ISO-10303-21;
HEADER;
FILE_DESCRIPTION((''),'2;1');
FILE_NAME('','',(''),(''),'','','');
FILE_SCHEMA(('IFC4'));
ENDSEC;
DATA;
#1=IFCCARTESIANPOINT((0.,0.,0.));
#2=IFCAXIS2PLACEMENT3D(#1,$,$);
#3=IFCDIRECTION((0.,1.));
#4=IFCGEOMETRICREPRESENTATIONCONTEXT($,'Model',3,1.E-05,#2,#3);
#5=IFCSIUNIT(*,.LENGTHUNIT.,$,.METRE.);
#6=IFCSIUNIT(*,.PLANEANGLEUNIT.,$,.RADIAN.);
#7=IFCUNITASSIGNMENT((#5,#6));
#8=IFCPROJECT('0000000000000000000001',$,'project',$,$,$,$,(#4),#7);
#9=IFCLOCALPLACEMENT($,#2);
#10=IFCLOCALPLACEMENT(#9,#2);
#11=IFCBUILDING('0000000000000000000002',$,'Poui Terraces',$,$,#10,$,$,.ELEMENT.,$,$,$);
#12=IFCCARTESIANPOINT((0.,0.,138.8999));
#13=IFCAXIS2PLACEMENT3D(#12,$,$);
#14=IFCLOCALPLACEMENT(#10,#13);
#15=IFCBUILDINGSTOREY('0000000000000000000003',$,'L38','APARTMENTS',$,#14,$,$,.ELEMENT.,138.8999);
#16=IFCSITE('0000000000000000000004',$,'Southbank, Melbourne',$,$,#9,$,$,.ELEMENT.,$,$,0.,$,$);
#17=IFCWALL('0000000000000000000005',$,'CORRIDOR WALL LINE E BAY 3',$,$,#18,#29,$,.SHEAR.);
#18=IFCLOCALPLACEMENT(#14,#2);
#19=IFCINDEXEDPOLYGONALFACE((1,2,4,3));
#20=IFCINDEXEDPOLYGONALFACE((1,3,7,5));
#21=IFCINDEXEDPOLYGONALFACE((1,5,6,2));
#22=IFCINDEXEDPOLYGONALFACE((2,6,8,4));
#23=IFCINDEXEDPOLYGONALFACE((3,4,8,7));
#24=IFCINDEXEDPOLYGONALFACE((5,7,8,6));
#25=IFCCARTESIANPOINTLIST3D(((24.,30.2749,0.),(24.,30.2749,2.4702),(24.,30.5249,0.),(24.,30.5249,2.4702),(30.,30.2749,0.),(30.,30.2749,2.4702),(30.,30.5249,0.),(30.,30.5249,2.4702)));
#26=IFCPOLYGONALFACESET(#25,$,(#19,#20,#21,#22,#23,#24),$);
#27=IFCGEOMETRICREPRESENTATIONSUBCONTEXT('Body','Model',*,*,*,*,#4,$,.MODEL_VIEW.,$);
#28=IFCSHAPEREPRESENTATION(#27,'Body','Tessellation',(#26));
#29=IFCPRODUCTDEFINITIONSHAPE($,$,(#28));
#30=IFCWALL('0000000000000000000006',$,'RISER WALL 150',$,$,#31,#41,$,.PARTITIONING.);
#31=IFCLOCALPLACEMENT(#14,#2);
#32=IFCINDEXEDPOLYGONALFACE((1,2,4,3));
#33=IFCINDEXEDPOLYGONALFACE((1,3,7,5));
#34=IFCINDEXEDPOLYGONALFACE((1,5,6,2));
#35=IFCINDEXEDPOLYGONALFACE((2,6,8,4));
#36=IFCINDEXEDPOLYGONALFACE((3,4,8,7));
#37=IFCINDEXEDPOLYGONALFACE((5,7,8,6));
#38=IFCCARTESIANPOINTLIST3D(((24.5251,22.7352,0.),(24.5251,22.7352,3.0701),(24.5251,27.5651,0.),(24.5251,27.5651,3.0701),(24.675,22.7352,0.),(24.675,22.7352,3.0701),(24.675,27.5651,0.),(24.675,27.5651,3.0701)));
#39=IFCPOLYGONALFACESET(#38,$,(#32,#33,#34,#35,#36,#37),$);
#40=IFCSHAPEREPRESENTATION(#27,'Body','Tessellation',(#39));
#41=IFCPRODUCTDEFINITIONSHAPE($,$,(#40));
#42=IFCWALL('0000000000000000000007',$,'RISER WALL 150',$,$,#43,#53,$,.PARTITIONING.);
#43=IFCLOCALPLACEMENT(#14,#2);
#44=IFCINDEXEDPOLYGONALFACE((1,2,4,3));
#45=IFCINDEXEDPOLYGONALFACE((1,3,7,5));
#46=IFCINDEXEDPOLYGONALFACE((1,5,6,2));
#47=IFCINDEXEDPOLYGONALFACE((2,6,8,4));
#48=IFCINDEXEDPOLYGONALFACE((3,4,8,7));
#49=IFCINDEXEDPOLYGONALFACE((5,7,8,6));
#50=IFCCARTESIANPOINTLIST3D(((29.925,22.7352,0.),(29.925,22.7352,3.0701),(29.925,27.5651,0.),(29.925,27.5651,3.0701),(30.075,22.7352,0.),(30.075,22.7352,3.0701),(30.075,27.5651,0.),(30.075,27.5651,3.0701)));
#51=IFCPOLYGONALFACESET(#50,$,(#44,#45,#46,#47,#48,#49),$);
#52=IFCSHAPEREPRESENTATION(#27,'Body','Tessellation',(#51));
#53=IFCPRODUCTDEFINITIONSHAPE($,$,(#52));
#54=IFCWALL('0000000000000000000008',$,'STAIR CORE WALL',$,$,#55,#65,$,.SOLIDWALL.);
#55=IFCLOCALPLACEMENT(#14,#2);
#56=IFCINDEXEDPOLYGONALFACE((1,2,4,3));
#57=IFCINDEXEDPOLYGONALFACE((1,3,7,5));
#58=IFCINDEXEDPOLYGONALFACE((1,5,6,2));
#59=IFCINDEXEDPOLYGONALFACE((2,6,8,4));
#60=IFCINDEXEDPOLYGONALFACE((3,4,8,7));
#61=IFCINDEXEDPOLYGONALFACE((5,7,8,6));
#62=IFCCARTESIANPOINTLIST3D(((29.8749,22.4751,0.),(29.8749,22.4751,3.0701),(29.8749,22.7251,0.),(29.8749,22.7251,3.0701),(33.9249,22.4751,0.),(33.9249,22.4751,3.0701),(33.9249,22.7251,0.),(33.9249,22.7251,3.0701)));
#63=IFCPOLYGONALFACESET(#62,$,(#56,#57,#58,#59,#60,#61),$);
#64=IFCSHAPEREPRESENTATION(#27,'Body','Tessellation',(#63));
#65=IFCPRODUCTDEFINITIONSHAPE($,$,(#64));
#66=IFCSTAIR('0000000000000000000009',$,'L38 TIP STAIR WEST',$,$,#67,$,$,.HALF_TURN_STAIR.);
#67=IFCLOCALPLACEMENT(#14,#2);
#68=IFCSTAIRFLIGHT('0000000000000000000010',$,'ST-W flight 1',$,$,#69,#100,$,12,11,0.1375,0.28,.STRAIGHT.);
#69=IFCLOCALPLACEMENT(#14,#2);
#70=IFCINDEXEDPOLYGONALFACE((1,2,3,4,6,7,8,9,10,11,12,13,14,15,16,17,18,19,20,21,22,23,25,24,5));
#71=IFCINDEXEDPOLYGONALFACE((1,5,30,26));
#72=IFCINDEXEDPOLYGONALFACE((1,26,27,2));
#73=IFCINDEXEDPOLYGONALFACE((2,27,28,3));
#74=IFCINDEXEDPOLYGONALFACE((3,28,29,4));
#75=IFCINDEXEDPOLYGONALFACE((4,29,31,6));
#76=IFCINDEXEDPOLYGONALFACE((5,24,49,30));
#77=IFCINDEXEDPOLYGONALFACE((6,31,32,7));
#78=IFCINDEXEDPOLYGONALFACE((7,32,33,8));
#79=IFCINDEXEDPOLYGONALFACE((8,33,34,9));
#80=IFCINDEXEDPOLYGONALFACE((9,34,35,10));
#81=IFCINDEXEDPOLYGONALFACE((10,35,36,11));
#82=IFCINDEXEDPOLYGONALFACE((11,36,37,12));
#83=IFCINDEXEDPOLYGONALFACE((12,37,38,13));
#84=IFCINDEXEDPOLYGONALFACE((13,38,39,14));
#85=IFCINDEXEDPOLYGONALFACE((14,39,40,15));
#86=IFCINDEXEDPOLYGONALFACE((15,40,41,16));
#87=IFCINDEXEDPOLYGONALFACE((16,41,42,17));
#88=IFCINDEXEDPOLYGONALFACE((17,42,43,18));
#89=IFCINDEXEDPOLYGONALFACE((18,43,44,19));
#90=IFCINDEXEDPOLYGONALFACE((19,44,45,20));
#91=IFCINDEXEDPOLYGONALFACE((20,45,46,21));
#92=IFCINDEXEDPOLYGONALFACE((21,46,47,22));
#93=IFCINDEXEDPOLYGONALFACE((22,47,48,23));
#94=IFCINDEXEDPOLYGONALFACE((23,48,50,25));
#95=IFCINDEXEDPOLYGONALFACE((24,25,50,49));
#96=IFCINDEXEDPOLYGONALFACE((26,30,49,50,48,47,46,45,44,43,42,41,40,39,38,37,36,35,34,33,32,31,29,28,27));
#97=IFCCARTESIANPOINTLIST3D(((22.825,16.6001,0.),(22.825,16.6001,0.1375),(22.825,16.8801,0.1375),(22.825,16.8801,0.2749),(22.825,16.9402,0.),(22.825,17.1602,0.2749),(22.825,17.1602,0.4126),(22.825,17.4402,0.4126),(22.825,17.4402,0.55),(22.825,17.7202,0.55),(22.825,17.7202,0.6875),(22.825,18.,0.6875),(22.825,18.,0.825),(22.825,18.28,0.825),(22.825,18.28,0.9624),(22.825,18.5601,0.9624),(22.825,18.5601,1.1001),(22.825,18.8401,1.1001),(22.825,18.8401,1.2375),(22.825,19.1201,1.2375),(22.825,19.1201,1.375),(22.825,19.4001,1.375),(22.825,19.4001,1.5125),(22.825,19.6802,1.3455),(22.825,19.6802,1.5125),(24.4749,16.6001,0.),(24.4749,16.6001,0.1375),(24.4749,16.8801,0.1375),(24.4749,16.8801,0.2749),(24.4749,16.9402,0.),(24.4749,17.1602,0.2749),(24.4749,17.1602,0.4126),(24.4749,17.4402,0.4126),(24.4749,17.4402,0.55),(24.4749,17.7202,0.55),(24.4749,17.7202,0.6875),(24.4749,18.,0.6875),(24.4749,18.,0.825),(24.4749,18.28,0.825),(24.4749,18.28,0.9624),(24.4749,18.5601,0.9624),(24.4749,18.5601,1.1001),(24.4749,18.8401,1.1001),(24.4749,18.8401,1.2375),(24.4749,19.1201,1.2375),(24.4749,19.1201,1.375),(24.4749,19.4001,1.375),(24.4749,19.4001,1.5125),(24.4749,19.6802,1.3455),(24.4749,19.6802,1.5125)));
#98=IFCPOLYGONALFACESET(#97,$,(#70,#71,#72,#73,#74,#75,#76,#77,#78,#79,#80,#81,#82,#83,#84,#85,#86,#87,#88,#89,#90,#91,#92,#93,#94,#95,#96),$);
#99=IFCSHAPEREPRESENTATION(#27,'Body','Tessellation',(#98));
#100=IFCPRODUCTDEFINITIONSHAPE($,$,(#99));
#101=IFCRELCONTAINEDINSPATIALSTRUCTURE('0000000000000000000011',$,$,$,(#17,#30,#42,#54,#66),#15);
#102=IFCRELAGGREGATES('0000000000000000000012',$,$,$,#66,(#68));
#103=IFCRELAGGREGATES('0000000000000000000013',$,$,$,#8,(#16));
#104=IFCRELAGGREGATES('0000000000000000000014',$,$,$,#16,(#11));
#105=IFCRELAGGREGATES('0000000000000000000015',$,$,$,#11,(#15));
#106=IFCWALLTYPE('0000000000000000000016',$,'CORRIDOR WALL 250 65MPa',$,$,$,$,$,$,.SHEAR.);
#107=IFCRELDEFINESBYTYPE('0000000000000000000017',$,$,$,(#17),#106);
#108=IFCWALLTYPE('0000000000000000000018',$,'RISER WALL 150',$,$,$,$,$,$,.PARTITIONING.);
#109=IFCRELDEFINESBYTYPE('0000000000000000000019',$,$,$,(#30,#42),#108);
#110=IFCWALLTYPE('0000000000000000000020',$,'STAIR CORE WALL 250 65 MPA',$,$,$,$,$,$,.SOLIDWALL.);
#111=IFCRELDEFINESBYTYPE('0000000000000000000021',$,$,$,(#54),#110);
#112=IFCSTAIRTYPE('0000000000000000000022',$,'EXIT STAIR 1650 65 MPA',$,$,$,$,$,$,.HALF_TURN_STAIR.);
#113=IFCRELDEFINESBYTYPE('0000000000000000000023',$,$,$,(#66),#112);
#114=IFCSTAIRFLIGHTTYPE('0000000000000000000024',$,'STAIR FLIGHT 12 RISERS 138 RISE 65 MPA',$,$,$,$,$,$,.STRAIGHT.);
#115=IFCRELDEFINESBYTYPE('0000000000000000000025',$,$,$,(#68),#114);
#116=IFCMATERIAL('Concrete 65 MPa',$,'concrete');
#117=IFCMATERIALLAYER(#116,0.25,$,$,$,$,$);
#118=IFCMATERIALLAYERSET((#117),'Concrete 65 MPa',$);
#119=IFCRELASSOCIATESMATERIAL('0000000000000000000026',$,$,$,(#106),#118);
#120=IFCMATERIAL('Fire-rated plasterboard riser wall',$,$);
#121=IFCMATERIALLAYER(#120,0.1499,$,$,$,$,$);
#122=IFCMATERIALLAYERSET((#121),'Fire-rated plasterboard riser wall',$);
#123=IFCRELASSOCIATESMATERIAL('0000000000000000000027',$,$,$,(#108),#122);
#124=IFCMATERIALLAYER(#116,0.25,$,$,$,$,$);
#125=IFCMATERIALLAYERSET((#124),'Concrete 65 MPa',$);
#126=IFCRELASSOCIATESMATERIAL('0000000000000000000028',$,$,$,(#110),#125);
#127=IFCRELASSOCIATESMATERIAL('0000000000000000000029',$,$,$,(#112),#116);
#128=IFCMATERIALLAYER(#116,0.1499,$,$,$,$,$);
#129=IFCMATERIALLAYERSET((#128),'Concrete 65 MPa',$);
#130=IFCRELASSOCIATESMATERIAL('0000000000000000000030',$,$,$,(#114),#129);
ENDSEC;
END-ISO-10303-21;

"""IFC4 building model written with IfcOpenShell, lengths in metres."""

from ifc_helpers import new_model, si_unit, direction, frame, frame_2d, origin, place, context, subcontext, project, spatial, polyline, rectangle, outline, extrude, material, layer, layer_set, type_object, element, aggregate, save


model = new_model("IFC4")

# Units and contexts
model_context = context("Model", 3, precision=1e-05, world=origin(), true_north=direction((0.0, 1.0)))
body_context = subcontext(model_context, "Body", "Model", "MODEL_VIEW")
ifc_project = project(units=[si_unit("LENGTHUNIT", "METRE"), si_unit("PLANEANGLEUNIT", "RADIAN")], contexts=[model_context])

# Site, building, storey
site_placement = place(None, origin())
site = spatial("IfcSite", under=ifc_project, at=site_placement, Name="Southbank, Melbourne", CompositionType="ELEMENT", RefElevation=0.0)
building_placement = place(site_placement, origin())
building = spatial("IfcBuilding", under=site, at=building_placement, Name="Poui Terraces", CompositionType="ELEMENT")
storey_placement = place(building_placement, frame((0.0, 0.0, 138.8999)))
storey = spatial("IfcBuildingStorey", under=building, at=storey_placement, Name="L38", Description="APARTMENTS", CompositionType="ELEMENT", Elevation=138.8999)

# Walls
ifc_material_1 = material(Name="Concrete 65 MPa", Category="concrete")
ifc_layer_1 = layer(ifc_material_1, 0.25)
ifc_layer_set_1 = layer_set([ifc_layer_1], Name="Concrete 65 MPa")
wall_type_1 = type_object("IfcWallType", Name="CORRIDOR WALL 250 65MPa", PredefinedType="SHEAR", material=ifc_layer_set_1)
wall_1_placement = place(storey_placement, frame((24.0, 30.3999, 0.0), z_axis=(0.0, 0.0, 1.0), x_axis=(1.0, 0.0, 0.0)))
element("IfcWall", 1, at=wall_1_placement, inside=storey, type_object=wall_type_1, Name="CORRIDOR WALL LINE E BAY 3", PredefinedType="SHEAR", context=body_context, shape_type="SweptSolid", body=[
    extrude(rectangle(XDim=6.0, YDim=0.25, at=frame_2d((3.0, 0.0))), origin(), (0.0, 0.0, 1.0), 2.4702),
])
ifc_material_2 = material(Name="Fire-rated plasterboard riser wall")
ifc_layer_2 = layer(ifc_material_2, 0.1499)
ifc_layer_set_2 = layer_set([ifc_layer_2], Name="Fire-rated plasterboard riser wall")
wall_type_2 = type_object("IfcWallType", Name="RISER WALL 150", PredefinedType="PARTITIONING", material=ifc_layer_set_2)
for number, where, z_axis, x_axis, name in (
    (2, (24.6001, 22.7351, 0.0), (0.0, 0.0, 1.0), (0.0, 1.0, 0.0), "RISER WALL 150"),
    (3, (30.0, 22.7351, 0.0), (0.0, 0.0, 1.0), (0.0, 1.0, 0.0), "RISER WALL 150"),
):
    element("IfcWall", number, at=place(storey_placement, frame(where, z_axis=z_axis, x_axis=x_axis)), inside=storey, type_object=wall_type_2, Name=name, PredefinedType="PARTITIONING", context=body_context, shape_type="SweptSolid", body=[
        extrude(rectangle(XDim=4.8298, YDim=0.1499, at=frame_2d((2.415, 0.0))), origin(), (0.0, 0.0, 1.0), 3.0701),
    ])
ifc_layer_3 = layer(ifc_material_1, 0.25)
ifc_layer_set_3 = layer_set([ifc_layer_3], Name="Concrete 65 MPa")
wall_type_3 = type_object("IfcWallType", Name="STAIR CORE WALL 250 65 MPA", PredefinedType="SOLIDWALL", material=ifc_layer_set_3)
wall_2_placement = place(storey_placement, frame((29.875, 22.6001, 0.0), z_axis=(0.0, 0.0, 1.0), x_axis=(1.0, 0.0, 0.0)))
element("IfcWall", 4, at=wall_2_placement, inside=storey, type_object=wall_type_3, Name="STAIR CORE WALL", PredefinedType="SOLIDWALL", context=body_context, shape_type="SweptSolid", body=[
    extrude(rectangle(XDim=4.05, YDim=0.25, at=frame_2d((2.0249, 0.0))), origin(), (0.0, 0.0, 1.0), 3.0701),
])

# Stair, stair flight
stair_type = type_object("IfcStairType", Name="EXIT STAIR 1650 65 MPA", PredefinedType="HALF_TURN_STAIR", material=ifc_material_1)
stair_placement = place(storey_placement, origin())
stair = element("IfcStair", 5, at=stair_placement, inside=storey, type_object=stair_type, Name="L38 TIP STAIR WEST", PredefinedType="HALF_TURN_STAIR")
ifc_layer_4 = layer(ifc_material_1, 0.1499)
ifc_layer_set_4 = layer_set([ifc_layer_4], Name="Concrete 65 MPa")
stair_flight_type = type_object("IfcStairFlightType", Name="STAIR FLIGHT 12 RISERS 138 RISE 65 MPA", PredefinedType="STRAIGHT", material=ifc_layer_set_4)
stair_flight_placement = place(storey_placement, frame((23.6499, 16.6001, 0.0), z_axis=(0.0, 0.0, 1.0), x_axis=(0.0, 1.0, 0.0)))
stair_flight = element("IfcStairFlight", 6, at=stair_flight_placement, type_object=stair_flight_type, Name="ST-W flight 1", NumberOfRisers=12, NumberOfTreads=11, PredefinedType="STRAIGHT", RiserHeight=0.1375, TreadLength=0.28, context=body_context, shape_type="SweptSolid", body=[
    extrude(outline(polyline([(0.0, 0.0), (0.0, 0.1375), (0.28, 0.1375), (0.28, 0.2749), (0.5601, 0.2749), (0.5601, 0.4126), (0.8401, 0.4126), (0.8401, 0.55), (1.1201, 0.55), (1.1201, 0.6875), (1.3999, 0.6875), (1.3999, 0.825), (1.6799, 0.825), (1.6799, 0.9624), (1.96, 0.9624), (1.96, 1.1001), (2.24, 1.1001), (2.24, 1.2375), (2.52, 1.2375), (2.52, 1.375), (2.8, 1.375), (2.8, 1.5125), (3.0801, 1.5125), (3.0801, 1.6499), (3.0801, 1.3455), (0.3401, 0.0), (0.0, 0.0)])), frame((0.0, 0.825, 0.0), z_axis=(0.0, -1.0, 0.0), x_axis=(1.0, 0.0, 0.0)), (0.0, 0.0, 1.0), 1.6499),
])
aggregate(stair, [stair_flight])

save(model, "model.ifc")
